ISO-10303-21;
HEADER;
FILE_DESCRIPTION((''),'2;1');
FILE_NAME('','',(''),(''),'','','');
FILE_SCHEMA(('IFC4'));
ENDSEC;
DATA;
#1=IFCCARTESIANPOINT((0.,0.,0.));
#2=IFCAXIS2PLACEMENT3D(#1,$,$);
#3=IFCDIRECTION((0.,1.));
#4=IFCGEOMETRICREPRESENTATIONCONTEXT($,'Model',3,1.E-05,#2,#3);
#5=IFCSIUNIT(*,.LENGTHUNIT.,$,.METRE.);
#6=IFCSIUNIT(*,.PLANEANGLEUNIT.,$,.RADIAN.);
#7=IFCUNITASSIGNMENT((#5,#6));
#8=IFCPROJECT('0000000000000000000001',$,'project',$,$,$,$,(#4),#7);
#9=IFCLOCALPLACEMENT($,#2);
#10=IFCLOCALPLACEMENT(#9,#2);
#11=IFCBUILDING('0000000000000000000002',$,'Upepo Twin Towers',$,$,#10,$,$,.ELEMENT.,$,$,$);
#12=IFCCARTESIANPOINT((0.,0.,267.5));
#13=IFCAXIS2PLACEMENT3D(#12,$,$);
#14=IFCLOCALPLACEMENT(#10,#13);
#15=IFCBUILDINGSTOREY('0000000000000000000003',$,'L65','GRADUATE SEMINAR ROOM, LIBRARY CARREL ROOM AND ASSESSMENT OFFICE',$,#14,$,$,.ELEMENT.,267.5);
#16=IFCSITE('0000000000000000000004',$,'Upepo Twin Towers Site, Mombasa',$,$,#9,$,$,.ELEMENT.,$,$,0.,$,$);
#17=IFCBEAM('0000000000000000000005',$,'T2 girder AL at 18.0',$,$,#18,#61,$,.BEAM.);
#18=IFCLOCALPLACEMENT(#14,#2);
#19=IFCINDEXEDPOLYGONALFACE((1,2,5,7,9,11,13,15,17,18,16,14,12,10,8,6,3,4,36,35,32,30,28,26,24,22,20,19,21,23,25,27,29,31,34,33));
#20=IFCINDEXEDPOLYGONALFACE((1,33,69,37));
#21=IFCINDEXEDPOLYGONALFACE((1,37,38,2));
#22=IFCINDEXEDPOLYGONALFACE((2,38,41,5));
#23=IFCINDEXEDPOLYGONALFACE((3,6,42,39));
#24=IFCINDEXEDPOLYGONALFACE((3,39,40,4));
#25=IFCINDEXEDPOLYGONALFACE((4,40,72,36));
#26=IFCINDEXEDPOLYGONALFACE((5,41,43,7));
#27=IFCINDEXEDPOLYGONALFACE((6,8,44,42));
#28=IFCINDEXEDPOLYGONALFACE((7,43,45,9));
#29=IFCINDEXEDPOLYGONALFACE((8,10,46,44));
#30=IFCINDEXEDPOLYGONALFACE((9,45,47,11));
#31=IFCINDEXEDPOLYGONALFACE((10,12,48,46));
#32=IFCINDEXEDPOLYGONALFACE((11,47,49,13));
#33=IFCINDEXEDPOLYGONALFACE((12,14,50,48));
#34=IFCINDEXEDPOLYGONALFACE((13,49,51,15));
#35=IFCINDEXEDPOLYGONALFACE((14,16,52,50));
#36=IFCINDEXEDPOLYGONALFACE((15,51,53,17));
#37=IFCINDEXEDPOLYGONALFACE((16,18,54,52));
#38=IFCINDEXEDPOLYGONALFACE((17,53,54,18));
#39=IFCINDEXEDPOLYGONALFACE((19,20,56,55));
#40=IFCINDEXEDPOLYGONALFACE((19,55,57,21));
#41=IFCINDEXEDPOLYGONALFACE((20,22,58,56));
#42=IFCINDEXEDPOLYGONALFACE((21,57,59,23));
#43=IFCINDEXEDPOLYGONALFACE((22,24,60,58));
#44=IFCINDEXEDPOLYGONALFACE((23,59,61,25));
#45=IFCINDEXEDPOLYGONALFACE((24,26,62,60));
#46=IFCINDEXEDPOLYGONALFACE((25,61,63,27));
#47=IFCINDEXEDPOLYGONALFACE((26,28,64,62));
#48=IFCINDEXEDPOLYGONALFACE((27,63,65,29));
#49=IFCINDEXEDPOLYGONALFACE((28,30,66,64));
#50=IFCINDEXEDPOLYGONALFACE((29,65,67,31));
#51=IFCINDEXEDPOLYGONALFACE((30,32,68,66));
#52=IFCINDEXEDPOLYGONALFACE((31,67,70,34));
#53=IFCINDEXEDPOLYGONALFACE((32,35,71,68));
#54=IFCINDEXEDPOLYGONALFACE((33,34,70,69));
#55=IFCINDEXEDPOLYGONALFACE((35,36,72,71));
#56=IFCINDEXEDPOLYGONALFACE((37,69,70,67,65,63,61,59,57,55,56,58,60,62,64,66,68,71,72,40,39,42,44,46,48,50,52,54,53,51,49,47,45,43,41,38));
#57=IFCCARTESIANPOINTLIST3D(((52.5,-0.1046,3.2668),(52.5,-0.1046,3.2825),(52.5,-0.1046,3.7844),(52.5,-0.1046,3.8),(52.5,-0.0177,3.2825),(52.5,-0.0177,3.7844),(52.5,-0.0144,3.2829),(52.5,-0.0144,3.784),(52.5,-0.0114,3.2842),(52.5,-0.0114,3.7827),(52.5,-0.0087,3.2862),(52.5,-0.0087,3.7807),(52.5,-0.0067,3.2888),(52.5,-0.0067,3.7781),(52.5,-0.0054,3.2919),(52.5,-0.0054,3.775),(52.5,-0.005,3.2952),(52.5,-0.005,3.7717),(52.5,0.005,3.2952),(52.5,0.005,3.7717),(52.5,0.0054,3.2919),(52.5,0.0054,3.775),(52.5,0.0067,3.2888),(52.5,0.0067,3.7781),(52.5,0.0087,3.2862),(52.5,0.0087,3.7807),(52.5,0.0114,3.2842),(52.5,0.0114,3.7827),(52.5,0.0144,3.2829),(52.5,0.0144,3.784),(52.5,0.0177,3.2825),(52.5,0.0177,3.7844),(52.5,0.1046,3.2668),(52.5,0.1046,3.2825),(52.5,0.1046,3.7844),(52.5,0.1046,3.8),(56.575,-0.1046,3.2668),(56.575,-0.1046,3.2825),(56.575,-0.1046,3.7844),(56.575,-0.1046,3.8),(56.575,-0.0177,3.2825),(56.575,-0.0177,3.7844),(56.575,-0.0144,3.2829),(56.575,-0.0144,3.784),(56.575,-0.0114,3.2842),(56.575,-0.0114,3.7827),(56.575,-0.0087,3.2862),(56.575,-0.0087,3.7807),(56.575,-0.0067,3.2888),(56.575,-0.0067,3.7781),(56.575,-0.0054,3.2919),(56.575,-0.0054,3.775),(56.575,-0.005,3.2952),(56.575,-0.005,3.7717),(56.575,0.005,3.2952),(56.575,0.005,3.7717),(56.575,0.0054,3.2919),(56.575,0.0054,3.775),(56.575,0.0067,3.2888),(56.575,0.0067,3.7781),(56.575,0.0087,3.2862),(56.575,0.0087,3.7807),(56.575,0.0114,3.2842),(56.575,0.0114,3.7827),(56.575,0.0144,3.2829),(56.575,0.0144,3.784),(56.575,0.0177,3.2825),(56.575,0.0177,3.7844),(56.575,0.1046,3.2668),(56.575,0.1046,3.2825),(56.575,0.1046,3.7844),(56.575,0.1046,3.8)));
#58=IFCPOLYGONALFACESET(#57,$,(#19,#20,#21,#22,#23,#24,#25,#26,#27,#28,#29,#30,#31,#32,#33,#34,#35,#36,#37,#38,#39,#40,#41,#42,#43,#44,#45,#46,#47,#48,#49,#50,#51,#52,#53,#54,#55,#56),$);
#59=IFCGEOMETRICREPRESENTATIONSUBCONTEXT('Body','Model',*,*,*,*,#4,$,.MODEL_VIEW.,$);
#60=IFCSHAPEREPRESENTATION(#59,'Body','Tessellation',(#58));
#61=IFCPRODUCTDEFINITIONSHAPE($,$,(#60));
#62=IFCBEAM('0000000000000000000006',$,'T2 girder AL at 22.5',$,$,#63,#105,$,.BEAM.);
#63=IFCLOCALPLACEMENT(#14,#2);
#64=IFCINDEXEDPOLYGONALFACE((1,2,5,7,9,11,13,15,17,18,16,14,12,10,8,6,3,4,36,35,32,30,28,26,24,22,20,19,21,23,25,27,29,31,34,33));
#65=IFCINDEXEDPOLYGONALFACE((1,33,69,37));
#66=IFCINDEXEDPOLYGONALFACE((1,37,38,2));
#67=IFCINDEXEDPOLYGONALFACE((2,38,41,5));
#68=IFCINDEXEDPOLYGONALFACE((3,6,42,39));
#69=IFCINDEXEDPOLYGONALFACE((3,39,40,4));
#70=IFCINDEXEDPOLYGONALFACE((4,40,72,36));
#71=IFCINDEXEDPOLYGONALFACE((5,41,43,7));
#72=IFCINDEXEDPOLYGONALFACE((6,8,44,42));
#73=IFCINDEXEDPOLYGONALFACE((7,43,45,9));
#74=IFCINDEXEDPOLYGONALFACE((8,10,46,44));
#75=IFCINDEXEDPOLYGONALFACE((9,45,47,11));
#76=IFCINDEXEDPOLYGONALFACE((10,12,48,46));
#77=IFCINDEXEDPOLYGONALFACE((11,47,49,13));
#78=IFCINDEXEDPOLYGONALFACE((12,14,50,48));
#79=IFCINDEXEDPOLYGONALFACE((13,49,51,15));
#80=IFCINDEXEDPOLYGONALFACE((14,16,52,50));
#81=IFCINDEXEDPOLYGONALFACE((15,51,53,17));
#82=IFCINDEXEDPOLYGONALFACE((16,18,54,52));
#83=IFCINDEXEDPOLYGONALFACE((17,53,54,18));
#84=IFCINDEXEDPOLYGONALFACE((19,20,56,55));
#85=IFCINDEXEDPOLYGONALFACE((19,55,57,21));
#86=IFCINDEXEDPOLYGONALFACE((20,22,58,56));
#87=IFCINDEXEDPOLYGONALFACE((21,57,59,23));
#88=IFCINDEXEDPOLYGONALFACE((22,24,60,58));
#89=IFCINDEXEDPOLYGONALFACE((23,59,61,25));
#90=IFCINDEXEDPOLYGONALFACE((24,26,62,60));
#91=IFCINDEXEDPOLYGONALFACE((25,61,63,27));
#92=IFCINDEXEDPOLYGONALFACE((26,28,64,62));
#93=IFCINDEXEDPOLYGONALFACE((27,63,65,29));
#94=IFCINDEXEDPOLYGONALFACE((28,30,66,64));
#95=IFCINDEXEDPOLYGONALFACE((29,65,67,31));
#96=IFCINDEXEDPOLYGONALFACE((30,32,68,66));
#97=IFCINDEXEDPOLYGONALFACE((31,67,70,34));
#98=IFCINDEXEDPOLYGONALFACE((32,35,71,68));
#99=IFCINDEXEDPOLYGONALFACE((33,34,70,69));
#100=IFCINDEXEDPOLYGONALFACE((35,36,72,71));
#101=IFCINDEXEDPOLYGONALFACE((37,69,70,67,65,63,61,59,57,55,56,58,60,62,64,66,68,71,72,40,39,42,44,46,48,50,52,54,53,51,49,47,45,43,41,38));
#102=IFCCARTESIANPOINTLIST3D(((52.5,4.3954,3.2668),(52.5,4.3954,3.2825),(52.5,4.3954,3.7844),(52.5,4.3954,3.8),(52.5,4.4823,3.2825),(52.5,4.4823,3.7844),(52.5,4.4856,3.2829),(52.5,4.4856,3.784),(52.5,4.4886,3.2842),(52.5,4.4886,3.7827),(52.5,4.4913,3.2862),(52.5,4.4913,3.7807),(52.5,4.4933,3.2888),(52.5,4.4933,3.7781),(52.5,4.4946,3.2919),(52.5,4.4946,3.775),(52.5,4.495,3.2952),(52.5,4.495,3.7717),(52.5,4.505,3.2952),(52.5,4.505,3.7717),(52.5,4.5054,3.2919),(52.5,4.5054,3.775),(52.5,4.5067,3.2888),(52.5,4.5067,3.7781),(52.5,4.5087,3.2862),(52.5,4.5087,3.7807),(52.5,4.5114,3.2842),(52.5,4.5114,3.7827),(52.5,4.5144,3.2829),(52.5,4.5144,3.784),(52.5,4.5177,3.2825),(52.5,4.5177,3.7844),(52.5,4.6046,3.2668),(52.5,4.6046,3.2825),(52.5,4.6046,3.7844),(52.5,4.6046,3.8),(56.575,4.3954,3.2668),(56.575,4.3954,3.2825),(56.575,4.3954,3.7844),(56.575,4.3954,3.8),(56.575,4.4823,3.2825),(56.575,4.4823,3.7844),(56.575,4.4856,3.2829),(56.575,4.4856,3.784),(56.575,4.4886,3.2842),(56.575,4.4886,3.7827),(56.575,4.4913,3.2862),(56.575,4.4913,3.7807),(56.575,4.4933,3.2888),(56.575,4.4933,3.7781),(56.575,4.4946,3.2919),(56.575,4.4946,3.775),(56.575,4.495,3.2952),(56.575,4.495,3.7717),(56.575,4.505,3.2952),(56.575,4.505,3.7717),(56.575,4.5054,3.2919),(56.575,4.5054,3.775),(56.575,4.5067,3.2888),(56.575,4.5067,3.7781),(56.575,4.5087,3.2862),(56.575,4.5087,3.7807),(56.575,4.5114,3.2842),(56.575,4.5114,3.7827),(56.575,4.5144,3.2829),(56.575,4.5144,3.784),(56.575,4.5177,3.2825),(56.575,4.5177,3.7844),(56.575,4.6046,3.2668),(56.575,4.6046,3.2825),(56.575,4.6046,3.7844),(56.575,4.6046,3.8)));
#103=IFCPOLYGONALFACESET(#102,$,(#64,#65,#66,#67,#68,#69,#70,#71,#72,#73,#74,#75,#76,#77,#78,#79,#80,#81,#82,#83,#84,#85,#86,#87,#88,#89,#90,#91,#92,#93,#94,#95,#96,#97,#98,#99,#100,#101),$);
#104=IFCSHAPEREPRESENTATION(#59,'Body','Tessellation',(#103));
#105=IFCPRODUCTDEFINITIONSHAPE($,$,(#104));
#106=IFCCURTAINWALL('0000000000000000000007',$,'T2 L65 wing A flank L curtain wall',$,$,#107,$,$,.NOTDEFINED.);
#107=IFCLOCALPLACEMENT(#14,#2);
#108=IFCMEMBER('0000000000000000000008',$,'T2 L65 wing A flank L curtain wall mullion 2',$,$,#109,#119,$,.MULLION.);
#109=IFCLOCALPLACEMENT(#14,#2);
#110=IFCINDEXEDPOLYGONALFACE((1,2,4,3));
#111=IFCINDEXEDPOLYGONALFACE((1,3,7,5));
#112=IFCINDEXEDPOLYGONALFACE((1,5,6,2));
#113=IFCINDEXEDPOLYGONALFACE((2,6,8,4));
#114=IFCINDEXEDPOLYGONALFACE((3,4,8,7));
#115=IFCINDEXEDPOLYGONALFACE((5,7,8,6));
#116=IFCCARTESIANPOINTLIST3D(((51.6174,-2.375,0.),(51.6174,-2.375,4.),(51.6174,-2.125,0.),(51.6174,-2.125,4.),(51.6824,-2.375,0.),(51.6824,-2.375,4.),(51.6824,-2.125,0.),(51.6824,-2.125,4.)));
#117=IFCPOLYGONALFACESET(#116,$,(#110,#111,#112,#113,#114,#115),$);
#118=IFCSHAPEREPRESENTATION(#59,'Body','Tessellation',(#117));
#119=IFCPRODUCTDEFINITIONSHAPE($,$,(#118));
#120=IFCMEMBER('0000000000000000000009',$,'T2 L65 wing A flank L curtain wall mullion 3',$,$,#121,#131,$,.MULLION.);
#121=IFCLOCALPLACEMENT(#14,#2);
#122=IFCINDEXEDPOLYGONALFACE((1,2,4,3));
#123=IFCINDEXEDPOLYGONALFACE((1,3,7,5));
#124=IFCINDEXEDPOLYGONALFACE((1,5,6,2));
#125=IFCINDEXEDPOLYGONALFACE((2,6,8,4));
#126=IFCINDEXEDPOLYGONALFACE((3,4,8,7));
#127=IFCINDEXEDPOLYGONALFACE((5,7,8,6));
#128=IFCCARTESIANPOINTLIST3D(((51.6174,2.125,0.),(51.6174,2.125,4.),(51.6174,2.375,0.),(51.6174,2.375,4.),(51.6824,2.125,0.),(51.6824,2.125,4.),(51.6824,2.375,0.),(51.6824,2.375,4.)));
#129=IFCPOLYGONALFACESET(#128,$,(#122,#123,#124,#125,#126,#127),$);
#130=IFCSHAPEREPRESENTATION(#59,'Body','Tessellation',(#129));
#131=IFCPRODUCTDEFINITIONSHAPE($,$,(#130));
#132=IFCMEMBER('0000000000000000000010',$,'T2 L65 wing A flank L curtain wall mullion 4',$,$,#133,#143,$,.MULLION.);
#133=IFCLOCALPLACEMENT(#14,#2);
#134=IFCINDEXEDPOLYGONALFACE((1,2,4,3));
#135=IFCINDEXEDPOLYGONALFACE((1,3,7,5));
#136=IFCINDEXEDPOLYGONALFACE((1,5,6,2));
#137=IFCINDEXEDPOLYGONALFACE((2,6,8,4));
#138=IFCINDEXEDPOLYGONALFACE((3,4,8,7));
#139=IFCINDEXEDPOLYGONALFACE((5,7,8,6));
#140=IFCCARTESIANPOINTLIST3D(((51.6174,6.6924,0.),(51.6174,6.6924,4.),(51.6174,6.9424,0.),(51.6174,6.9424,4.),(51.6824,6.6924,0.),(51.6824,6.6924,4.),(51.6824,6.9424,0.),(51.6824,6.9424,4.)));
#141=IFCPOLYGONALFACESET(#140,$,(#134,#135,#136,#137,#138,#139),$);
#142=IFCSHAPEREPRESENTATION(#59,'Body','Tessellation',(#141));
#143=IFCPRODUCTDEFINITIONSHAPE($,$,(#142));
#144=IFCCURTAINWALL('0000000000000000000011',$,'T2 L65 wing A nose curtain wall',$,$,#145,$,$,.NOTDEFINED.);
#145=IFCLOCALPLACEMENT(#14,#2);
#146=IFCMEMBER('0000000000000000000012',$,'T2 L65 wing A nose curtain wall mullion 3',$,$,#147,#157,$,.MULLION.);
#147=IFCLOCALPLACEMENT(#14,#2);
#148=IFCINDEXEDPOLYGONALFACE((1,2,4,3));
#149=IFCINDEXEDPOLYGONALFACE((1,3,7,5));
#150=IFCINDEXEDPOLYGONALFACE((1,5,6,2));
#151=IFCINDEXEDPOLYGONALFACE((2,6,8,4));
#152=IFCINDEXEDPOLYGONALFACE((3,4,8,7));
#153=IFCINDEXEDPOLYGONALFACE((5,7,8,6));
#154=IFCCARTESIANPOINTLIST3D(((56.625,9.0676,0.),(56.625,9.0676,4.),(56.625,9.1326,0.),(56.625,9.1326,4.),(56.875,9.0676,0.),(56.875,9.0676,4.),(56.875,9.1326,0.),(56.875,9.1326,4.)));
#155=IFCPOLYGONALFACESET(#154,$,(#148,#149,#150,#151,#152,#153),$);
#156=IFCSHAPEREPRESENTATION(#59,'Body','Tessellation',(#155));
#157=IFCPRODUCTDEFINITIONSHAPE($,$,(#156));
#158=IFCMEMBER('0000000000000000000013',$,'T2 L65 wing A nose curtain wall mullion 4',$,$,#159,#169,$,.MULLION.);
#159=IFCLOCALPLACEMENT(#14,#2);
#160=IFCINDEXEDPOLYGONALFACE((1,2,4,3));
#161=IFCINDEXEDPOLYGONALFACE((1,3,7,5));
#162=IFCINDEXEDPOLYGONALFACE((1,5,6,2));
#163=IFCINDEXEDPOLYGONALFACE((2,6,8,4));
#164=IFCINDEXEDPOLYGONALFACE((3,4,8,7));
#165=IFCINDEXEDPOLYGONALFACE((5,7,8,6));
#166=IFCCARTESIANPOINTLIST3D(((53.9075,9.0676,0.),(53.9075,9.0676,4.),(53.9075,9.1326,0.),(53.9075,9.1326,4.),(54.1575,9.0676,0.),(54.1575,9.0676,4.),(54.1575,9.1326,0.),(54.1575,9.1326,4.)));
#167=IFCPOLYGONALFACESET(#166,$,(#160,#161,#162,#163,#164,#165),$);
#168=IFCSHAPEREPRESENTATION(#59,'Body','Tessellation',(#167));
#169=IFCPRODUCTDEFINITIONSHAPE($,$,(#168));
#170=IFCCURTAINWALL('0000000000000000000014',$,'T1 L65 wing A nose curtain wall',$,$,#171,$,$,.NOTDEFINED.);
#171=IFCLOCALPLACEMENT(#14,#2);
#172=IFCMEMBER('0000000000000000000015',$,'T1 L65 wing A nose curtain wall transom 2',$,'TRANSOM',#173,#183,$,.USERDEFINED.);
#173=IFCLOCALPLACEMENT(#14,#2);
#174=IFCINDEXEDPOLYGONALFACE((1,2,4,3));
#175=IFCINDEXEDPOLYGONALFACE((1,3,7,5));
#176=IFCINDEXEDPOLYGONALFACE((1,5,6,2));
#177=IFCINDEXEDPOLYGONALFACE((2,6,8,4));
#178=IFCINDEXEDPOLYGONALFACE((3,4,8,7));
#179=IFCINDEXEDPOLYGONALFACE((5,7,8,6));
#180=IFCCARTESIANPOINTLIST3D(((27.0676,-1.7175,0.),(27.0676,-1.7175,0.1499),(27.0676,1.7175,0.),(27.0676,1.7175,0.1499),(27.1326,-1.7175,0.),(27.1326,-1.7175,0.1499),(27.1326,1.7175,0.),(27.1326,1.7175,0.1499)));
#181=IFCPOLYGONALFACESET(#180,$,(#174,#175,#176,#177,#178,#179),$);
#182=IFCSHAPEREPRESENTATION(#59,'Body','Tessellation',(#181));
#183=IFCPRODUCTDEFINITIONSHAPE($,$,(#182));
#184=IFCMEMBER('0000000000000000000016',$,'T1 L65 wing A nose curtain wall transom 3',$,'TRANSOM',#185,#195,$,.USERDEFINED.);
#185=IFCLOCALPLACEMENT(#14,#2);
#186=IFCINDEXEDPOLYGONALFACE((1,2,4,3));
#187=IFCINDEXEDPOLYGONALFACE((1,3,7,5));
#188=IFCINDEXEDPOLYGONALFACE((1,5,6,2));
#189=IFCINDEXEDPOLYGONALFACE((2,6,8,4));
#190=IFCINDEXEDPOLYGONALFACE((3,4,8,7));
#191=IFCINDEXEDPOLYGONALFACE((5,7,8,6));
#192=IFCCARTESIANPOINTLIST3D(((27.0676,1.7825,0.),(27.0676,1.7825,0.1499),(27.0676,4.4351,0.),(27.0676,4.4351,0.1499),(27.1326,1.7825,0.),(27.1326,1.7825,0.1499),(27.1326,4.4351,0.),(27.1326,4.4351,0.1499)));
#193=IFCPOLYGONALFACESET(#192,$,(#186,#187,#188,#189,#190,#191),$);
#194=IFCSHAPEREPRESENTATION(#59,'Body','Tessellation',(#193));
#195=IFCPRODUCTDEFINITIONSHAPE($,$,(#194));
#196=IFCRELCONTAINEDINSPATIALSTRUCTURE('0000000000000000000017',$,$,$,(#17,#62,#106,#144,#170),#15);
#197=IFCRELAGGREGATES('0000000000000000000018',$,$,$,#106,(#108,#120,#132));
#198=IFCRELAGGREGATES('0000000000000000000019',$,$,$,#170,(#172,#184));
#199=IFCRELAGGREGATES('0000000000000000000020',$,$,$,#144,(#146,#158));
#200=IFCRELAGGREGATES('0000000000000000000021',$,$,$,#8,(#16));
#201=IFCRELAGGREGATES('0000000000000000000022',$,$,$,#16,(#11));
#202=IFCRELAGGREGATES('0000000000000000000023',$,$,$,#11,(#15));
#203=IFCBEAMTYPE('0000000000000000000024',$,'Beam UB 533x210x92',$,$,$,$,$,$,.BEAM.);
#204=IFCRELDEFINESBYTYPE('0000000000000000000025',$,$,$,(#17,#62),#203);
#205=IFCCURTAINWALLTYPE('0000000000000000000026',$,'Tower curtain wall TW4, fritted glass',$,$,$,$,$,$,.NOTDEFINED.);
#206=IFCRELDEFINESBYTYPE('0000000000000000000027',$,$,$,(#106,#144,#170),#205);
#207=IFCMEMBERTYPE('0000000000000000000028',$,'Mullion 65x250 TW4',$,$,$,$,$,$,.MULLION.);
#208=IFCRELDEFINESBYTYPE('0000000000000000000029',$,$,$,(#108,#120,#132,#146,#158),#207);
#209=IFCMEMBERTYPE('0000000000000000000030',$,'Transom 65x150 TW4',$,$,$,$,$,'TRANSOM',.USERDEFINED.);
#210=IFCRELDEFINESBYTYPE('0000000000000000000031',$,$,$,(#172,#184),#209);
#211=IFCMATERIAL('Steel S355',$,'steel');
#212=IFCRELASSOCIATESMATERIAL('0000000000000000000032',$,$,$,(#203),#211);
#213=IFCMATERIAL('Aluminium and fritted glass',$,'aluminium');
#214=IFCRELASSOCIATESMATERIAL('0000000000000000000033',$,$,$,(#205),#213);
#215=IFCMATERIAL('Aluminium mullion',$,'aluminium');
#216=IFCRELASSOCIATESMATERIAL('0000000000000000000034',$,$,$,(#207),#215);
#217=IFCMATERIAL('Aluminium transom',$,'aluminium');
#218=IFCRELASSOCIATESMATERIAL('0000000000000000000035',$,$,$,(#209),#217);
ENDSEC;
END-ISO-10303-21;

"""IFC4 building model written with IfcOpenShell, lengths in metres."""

from ifc_helpers import new_model, si_unit, direction, frame, origin, origin_2d, place, context, subcontext, project, spatial, rectangle, i_section, extrude, material, material_profile, profile_set, type_object, element, aggregate, save


model = new_model("IFC4")

# Units and contexts
model_context = context("Model", 3, precision=1e-05, world=origin(), true_north=direction((0.0, 1.0)))
body_context = subcontext(model_context, "Body", "Model", "MODEL_VIEW")
ifc_project = project(units=[si_unit("LENGTHUNIT", "METRE"), si_unit("PLANEANGLEUNIT", "RADIAN")], contexts=[model_context])

# Site, building, storey
site_placement = place(None, origin())
site = spatial("IfcSite", under=ifc_project, at=site_placement, Name="Upepo Twin Towers Site, Mombasa", CompositionType="ELEMENT", RefElevation=0.0)
building_placement = place(site_placement, origin())
building = spatial("IfcBuilding", under=site, at=building_placement, Name="Upepo Twin Towers", CompositionType="ELEMENT")
storey_placement = place(building_placement, frame((0.0, 0.0, 267.5)))
storey = spatial("IfcBuildingStorey", under=building, at=storey_placement, Name="L65", Description="GRADUATE SEMINAR ROOM, LIBRARY CARREL ROOM AND ASSESSMENT OFFICE", CompositionType="ELEMENT", Elevation=267.5)

# Beams
ifc_material_1 = material(Name="Steel S355", Category="steel")
ifc_material_profile_1 = material_profile(ifc_material_1, i_section(OverallWidth=0.2092, OverallDepth=0.5332, WebThickness=0.01, FlangeThickness=0.0156, FilletRadius=0.0127, at=origin_2d()), Name="UB 533x210x92")
ifc_profile_set_1 = profile_set([ifc_material_profile_1], Name="Steel S355")
beam_type_1 = type_object("IfcBeamType", Name="Beam UB 533x210x92", PredefinedType="BEAM", material=ifc_profile_set_1)
for number, where, z_axis, x_axis, name in (
    (1, (52.5, 0.0, 3.5334), (1.0, 0.0, 0.0), (0.0, 1.0, 0.0), "T2 girder AL at 18.0"),
    (2, (52.5, 4.5, 3.5334), (1.0, 0.0, 0.0), (0.0, 1.0, 0.0), "T2 girder AL at 22.5"),
):
    element("IfcBeam", number, at=place(storey_placement, frame(where, z_axis=z_axis, x_axis=x_axis)), inside=storey, type_object=beam_type_1, Name=name, PredefinedType="BEAM", context=body_context, shape_type="SweptSolid", body=[
        extrude(i_section(OverallWidth=0.2092, OverallDepth=0.5332, WebThickness=0.01, FlangeThickness=0.0156, FilletRadius=0.0127, at=origin_2d()), origin(), (0.0, 0.0, 1.0), 4.075),
    ])

# Curtain walls, members
ifc_material_2 = material(Name="Aluminium and fritted glass", Category="aluminium")
curtain_wall_type = type_object("IfcCurtainWallType", Name="Tower curtain wall TW4, fritted glass", PredefinedType="NOTDEFINED", material=ifc_material_2)
curtain_wall_1_placement = place(storey_placement, origin())
curtain_wall_1 = element("IfcCurtainWall", 3, at=curtain_wall_1_placement, inside=storey, type_object=curtain_wall_type, Name="T2 L65 wing A flank L curtain wall", PredefinedType="NOTDEFINED")
ifc_material_3 = material(Name="Aluminium mullion", Category="aluminium")
ifc_material_profile_2 = material_profile(ifc_material_3, rectangle(XDim=0.0649, YDim=0.25, at=origin_2d()), Name="MULLION 65x250")
ifc_profile_set_2 = profile_set([ifc_material_profile_2], Name="Aluminium mullion")
member_type_1 = type_object("IfcMemberType", Name="Mullion 65x250 TW4", PredefinedType="MULLION", material=ifc_profile_set_2)
member_1_placement = place(storey_placement, frame((51.6499, -2.25, 0.0), z_axis=(0.0, 0.0, 1.0), x_axis=(-1.0, 0.0, 0.0)))
member_1 = element("IfcMember", 4, at=member_1_placement, type_object=member_type_1, Name="T2 L65 wing A flank L curtain wall mullion 2", PredefinedType="MULLION", context=body_context, shape_type="SweptSolid", body=[
    extrude(rectangle(XDim=0.0649, YDim=0.25, at=origin_2d()), origin(), (0.0, 0.0, 1.0), 4.0),
])
member_2_placement = place(storey_placement, frame((51.6499, 2.25, 0.0), z_axis=(0.0, 0.0, 1.0), x_axis=(-1.0, 0.0, 0.0)))
member_2 = element("IfcMember", 5, at=member_2_placement, type_object=member_type_1, Name="T2 L65 wing A flank L curtain wall mullion 3", PredefinedType="MULLION", context=body_context, shape_type="SweptSolid", body=[
    extrude(rectangle(XDim=0.0649, YDim=0.25, at=origin_2d()), origin(), (0.0, 0.0, 1.0), 4.0),
])
member_3_placement = place(storey_placement, frame((51.6499, 6.8174, 0.0), z_axis=(0.0, 0.0, 1.0), x_axis=(-1.0, 0.0, 0.0)))
member_3 = element("IfcMember", 6, at=member_3_placement, type_object=member_type_1, Name="T2 L65 wing A flank L curtain wall mullion 4", PredefinedType="MULLION", context=body_context, shape_type="SweptSolid", body=[
    extrude(rectangle(XDim=0.0649, YDim=0.25, at=origin_2d()), origin(), (0.0, 0.0, 1.0), 4.0),
])
curtain_wall_2_placement = place(storey_placement, origin())
curtain_wall_2 = element("IfcCurtainWall", 7, at=curtain_wall_2_placement, inside=storey, type_object=curtain_wall_type, Name="T2 L65 wing A nose curtain wall", PredefinedType="NOTDEFINED")
member_4_placement = place(storey_placement, frame((56.75, 9.1001, 0.0), z_axis=(0.0, 0.0, 1.0), x_axis=(0.0, -1.0, 0.0)))
member_4 = element("IfcMember", 8, at=member_4_placement, type_object=member_type_1, Name="T2 L65 wing A nose curtain wall mullion 3", PredefinedType="MULLION", context=body_context, shape_type="SweptSolid", body=[
    extrude(rectangle(XDim=0.0649, YDim=0.25, at=origin_2d()), origin(), (0.0, 0.0, 1.0), 4.0),
])
member_5_placement = place(storey_placement, frame((54.0325, 9.1001, 0.0), z_axis=(0.0, 0.0, 1.0), x_axis=(0.0, -1.0, 0.0)))
member_5 = element("IfcMember", 9, at=member_5_placement, type_object=member_type_1, Name="T2 L65 wing A nose curtain wall mullion 4", PredefinedType="MULLION", context=body_context, shape_type="SweptSolid", body=[
    extrude(rectangle(XDim=0.0649, YDim=0.25, at=origin_2d()), origin(), (0.0, 0.0, 1.0), 4.0),
])
curtain_wall_3_placement = place(storey_placement, origin())
curtain_wall_3 = element("IfcCurtainWall", 10, at=curtain_wall_3_placement, inside=storey, type_object=curtain_wall_type, Name="T1 L65 wing A nose curtain wall", PredefinedType="NOTDEFINED")
ifc_material_4 = material(Name="Aluminium transom", Category="aluminium")
ifc_material_profile_3 = material_profile(ifc_material_4, rectangle(XDim=0.0649, YDim=0.1499, at=origin_2d()), Name="TRANSOM 65x150")
ifc_profile_set_3 = profile_set([ifc_material_profile_3], Name="Aluminium transom")
member_type_2 = type_object("IfcMemberType", Name="Transom 65x150 TW4", ElementType="TRANSOM", PredefinedType="USERDEFINED", material=ifc_profile_set_3)
member_6_placement = place(storey_placement, frame((27.1001, -1.7175, 0.075), z_axis=(0.0, 1.0, 0.0), x_axis=(-1.0, 0.0, 0.0)))
member_6 = element("IfcMember", 11, at=member_6_placement, type_object=member_type_2, Name="T1 L65 wing A nose curtain wall transom 2", ObjectType="TRANSOM", PredefinedType="USERDEFINED", context=body_context, shape_type="SweptSolid", body=[
    extrude(rectangle(XDim=0.0649, YDim=0.1499, at=origin_2d()), origin(), (0.0, 0.0, 1.0), 3.4351),
])
member_7_placement = place(storey_placement, frame((27.1001, 1.7825, 0.075), z_axis=(0.0, 1.0, 0.0), x_axis=(-1.0, 0.0, 0.0)))
member_7 = element("IfcMember", 12, at=member_7_placement, type_object=member_type_2, Name="T1 L65 wing A nose curtain wall transom 3", ObjectType="TRANSOM", PredefinedType="USERDEFINED", context=body_context, shape_type="SweptSolid", body=[
    extrude(rectangle(XDim=0.0649, YDim=0.1499, at=origin_2d()), origin(), (0.0, 0.0, 1.0), 2.6526),
])

aggregate(curtain_wall_1, [member_1, member_2, member_3])
aggregate(curtain_wall_3, [member_6, member_7])
aggregate(curtain_wall_2, [member_4, member_5])

save(model, "model.ifc")
